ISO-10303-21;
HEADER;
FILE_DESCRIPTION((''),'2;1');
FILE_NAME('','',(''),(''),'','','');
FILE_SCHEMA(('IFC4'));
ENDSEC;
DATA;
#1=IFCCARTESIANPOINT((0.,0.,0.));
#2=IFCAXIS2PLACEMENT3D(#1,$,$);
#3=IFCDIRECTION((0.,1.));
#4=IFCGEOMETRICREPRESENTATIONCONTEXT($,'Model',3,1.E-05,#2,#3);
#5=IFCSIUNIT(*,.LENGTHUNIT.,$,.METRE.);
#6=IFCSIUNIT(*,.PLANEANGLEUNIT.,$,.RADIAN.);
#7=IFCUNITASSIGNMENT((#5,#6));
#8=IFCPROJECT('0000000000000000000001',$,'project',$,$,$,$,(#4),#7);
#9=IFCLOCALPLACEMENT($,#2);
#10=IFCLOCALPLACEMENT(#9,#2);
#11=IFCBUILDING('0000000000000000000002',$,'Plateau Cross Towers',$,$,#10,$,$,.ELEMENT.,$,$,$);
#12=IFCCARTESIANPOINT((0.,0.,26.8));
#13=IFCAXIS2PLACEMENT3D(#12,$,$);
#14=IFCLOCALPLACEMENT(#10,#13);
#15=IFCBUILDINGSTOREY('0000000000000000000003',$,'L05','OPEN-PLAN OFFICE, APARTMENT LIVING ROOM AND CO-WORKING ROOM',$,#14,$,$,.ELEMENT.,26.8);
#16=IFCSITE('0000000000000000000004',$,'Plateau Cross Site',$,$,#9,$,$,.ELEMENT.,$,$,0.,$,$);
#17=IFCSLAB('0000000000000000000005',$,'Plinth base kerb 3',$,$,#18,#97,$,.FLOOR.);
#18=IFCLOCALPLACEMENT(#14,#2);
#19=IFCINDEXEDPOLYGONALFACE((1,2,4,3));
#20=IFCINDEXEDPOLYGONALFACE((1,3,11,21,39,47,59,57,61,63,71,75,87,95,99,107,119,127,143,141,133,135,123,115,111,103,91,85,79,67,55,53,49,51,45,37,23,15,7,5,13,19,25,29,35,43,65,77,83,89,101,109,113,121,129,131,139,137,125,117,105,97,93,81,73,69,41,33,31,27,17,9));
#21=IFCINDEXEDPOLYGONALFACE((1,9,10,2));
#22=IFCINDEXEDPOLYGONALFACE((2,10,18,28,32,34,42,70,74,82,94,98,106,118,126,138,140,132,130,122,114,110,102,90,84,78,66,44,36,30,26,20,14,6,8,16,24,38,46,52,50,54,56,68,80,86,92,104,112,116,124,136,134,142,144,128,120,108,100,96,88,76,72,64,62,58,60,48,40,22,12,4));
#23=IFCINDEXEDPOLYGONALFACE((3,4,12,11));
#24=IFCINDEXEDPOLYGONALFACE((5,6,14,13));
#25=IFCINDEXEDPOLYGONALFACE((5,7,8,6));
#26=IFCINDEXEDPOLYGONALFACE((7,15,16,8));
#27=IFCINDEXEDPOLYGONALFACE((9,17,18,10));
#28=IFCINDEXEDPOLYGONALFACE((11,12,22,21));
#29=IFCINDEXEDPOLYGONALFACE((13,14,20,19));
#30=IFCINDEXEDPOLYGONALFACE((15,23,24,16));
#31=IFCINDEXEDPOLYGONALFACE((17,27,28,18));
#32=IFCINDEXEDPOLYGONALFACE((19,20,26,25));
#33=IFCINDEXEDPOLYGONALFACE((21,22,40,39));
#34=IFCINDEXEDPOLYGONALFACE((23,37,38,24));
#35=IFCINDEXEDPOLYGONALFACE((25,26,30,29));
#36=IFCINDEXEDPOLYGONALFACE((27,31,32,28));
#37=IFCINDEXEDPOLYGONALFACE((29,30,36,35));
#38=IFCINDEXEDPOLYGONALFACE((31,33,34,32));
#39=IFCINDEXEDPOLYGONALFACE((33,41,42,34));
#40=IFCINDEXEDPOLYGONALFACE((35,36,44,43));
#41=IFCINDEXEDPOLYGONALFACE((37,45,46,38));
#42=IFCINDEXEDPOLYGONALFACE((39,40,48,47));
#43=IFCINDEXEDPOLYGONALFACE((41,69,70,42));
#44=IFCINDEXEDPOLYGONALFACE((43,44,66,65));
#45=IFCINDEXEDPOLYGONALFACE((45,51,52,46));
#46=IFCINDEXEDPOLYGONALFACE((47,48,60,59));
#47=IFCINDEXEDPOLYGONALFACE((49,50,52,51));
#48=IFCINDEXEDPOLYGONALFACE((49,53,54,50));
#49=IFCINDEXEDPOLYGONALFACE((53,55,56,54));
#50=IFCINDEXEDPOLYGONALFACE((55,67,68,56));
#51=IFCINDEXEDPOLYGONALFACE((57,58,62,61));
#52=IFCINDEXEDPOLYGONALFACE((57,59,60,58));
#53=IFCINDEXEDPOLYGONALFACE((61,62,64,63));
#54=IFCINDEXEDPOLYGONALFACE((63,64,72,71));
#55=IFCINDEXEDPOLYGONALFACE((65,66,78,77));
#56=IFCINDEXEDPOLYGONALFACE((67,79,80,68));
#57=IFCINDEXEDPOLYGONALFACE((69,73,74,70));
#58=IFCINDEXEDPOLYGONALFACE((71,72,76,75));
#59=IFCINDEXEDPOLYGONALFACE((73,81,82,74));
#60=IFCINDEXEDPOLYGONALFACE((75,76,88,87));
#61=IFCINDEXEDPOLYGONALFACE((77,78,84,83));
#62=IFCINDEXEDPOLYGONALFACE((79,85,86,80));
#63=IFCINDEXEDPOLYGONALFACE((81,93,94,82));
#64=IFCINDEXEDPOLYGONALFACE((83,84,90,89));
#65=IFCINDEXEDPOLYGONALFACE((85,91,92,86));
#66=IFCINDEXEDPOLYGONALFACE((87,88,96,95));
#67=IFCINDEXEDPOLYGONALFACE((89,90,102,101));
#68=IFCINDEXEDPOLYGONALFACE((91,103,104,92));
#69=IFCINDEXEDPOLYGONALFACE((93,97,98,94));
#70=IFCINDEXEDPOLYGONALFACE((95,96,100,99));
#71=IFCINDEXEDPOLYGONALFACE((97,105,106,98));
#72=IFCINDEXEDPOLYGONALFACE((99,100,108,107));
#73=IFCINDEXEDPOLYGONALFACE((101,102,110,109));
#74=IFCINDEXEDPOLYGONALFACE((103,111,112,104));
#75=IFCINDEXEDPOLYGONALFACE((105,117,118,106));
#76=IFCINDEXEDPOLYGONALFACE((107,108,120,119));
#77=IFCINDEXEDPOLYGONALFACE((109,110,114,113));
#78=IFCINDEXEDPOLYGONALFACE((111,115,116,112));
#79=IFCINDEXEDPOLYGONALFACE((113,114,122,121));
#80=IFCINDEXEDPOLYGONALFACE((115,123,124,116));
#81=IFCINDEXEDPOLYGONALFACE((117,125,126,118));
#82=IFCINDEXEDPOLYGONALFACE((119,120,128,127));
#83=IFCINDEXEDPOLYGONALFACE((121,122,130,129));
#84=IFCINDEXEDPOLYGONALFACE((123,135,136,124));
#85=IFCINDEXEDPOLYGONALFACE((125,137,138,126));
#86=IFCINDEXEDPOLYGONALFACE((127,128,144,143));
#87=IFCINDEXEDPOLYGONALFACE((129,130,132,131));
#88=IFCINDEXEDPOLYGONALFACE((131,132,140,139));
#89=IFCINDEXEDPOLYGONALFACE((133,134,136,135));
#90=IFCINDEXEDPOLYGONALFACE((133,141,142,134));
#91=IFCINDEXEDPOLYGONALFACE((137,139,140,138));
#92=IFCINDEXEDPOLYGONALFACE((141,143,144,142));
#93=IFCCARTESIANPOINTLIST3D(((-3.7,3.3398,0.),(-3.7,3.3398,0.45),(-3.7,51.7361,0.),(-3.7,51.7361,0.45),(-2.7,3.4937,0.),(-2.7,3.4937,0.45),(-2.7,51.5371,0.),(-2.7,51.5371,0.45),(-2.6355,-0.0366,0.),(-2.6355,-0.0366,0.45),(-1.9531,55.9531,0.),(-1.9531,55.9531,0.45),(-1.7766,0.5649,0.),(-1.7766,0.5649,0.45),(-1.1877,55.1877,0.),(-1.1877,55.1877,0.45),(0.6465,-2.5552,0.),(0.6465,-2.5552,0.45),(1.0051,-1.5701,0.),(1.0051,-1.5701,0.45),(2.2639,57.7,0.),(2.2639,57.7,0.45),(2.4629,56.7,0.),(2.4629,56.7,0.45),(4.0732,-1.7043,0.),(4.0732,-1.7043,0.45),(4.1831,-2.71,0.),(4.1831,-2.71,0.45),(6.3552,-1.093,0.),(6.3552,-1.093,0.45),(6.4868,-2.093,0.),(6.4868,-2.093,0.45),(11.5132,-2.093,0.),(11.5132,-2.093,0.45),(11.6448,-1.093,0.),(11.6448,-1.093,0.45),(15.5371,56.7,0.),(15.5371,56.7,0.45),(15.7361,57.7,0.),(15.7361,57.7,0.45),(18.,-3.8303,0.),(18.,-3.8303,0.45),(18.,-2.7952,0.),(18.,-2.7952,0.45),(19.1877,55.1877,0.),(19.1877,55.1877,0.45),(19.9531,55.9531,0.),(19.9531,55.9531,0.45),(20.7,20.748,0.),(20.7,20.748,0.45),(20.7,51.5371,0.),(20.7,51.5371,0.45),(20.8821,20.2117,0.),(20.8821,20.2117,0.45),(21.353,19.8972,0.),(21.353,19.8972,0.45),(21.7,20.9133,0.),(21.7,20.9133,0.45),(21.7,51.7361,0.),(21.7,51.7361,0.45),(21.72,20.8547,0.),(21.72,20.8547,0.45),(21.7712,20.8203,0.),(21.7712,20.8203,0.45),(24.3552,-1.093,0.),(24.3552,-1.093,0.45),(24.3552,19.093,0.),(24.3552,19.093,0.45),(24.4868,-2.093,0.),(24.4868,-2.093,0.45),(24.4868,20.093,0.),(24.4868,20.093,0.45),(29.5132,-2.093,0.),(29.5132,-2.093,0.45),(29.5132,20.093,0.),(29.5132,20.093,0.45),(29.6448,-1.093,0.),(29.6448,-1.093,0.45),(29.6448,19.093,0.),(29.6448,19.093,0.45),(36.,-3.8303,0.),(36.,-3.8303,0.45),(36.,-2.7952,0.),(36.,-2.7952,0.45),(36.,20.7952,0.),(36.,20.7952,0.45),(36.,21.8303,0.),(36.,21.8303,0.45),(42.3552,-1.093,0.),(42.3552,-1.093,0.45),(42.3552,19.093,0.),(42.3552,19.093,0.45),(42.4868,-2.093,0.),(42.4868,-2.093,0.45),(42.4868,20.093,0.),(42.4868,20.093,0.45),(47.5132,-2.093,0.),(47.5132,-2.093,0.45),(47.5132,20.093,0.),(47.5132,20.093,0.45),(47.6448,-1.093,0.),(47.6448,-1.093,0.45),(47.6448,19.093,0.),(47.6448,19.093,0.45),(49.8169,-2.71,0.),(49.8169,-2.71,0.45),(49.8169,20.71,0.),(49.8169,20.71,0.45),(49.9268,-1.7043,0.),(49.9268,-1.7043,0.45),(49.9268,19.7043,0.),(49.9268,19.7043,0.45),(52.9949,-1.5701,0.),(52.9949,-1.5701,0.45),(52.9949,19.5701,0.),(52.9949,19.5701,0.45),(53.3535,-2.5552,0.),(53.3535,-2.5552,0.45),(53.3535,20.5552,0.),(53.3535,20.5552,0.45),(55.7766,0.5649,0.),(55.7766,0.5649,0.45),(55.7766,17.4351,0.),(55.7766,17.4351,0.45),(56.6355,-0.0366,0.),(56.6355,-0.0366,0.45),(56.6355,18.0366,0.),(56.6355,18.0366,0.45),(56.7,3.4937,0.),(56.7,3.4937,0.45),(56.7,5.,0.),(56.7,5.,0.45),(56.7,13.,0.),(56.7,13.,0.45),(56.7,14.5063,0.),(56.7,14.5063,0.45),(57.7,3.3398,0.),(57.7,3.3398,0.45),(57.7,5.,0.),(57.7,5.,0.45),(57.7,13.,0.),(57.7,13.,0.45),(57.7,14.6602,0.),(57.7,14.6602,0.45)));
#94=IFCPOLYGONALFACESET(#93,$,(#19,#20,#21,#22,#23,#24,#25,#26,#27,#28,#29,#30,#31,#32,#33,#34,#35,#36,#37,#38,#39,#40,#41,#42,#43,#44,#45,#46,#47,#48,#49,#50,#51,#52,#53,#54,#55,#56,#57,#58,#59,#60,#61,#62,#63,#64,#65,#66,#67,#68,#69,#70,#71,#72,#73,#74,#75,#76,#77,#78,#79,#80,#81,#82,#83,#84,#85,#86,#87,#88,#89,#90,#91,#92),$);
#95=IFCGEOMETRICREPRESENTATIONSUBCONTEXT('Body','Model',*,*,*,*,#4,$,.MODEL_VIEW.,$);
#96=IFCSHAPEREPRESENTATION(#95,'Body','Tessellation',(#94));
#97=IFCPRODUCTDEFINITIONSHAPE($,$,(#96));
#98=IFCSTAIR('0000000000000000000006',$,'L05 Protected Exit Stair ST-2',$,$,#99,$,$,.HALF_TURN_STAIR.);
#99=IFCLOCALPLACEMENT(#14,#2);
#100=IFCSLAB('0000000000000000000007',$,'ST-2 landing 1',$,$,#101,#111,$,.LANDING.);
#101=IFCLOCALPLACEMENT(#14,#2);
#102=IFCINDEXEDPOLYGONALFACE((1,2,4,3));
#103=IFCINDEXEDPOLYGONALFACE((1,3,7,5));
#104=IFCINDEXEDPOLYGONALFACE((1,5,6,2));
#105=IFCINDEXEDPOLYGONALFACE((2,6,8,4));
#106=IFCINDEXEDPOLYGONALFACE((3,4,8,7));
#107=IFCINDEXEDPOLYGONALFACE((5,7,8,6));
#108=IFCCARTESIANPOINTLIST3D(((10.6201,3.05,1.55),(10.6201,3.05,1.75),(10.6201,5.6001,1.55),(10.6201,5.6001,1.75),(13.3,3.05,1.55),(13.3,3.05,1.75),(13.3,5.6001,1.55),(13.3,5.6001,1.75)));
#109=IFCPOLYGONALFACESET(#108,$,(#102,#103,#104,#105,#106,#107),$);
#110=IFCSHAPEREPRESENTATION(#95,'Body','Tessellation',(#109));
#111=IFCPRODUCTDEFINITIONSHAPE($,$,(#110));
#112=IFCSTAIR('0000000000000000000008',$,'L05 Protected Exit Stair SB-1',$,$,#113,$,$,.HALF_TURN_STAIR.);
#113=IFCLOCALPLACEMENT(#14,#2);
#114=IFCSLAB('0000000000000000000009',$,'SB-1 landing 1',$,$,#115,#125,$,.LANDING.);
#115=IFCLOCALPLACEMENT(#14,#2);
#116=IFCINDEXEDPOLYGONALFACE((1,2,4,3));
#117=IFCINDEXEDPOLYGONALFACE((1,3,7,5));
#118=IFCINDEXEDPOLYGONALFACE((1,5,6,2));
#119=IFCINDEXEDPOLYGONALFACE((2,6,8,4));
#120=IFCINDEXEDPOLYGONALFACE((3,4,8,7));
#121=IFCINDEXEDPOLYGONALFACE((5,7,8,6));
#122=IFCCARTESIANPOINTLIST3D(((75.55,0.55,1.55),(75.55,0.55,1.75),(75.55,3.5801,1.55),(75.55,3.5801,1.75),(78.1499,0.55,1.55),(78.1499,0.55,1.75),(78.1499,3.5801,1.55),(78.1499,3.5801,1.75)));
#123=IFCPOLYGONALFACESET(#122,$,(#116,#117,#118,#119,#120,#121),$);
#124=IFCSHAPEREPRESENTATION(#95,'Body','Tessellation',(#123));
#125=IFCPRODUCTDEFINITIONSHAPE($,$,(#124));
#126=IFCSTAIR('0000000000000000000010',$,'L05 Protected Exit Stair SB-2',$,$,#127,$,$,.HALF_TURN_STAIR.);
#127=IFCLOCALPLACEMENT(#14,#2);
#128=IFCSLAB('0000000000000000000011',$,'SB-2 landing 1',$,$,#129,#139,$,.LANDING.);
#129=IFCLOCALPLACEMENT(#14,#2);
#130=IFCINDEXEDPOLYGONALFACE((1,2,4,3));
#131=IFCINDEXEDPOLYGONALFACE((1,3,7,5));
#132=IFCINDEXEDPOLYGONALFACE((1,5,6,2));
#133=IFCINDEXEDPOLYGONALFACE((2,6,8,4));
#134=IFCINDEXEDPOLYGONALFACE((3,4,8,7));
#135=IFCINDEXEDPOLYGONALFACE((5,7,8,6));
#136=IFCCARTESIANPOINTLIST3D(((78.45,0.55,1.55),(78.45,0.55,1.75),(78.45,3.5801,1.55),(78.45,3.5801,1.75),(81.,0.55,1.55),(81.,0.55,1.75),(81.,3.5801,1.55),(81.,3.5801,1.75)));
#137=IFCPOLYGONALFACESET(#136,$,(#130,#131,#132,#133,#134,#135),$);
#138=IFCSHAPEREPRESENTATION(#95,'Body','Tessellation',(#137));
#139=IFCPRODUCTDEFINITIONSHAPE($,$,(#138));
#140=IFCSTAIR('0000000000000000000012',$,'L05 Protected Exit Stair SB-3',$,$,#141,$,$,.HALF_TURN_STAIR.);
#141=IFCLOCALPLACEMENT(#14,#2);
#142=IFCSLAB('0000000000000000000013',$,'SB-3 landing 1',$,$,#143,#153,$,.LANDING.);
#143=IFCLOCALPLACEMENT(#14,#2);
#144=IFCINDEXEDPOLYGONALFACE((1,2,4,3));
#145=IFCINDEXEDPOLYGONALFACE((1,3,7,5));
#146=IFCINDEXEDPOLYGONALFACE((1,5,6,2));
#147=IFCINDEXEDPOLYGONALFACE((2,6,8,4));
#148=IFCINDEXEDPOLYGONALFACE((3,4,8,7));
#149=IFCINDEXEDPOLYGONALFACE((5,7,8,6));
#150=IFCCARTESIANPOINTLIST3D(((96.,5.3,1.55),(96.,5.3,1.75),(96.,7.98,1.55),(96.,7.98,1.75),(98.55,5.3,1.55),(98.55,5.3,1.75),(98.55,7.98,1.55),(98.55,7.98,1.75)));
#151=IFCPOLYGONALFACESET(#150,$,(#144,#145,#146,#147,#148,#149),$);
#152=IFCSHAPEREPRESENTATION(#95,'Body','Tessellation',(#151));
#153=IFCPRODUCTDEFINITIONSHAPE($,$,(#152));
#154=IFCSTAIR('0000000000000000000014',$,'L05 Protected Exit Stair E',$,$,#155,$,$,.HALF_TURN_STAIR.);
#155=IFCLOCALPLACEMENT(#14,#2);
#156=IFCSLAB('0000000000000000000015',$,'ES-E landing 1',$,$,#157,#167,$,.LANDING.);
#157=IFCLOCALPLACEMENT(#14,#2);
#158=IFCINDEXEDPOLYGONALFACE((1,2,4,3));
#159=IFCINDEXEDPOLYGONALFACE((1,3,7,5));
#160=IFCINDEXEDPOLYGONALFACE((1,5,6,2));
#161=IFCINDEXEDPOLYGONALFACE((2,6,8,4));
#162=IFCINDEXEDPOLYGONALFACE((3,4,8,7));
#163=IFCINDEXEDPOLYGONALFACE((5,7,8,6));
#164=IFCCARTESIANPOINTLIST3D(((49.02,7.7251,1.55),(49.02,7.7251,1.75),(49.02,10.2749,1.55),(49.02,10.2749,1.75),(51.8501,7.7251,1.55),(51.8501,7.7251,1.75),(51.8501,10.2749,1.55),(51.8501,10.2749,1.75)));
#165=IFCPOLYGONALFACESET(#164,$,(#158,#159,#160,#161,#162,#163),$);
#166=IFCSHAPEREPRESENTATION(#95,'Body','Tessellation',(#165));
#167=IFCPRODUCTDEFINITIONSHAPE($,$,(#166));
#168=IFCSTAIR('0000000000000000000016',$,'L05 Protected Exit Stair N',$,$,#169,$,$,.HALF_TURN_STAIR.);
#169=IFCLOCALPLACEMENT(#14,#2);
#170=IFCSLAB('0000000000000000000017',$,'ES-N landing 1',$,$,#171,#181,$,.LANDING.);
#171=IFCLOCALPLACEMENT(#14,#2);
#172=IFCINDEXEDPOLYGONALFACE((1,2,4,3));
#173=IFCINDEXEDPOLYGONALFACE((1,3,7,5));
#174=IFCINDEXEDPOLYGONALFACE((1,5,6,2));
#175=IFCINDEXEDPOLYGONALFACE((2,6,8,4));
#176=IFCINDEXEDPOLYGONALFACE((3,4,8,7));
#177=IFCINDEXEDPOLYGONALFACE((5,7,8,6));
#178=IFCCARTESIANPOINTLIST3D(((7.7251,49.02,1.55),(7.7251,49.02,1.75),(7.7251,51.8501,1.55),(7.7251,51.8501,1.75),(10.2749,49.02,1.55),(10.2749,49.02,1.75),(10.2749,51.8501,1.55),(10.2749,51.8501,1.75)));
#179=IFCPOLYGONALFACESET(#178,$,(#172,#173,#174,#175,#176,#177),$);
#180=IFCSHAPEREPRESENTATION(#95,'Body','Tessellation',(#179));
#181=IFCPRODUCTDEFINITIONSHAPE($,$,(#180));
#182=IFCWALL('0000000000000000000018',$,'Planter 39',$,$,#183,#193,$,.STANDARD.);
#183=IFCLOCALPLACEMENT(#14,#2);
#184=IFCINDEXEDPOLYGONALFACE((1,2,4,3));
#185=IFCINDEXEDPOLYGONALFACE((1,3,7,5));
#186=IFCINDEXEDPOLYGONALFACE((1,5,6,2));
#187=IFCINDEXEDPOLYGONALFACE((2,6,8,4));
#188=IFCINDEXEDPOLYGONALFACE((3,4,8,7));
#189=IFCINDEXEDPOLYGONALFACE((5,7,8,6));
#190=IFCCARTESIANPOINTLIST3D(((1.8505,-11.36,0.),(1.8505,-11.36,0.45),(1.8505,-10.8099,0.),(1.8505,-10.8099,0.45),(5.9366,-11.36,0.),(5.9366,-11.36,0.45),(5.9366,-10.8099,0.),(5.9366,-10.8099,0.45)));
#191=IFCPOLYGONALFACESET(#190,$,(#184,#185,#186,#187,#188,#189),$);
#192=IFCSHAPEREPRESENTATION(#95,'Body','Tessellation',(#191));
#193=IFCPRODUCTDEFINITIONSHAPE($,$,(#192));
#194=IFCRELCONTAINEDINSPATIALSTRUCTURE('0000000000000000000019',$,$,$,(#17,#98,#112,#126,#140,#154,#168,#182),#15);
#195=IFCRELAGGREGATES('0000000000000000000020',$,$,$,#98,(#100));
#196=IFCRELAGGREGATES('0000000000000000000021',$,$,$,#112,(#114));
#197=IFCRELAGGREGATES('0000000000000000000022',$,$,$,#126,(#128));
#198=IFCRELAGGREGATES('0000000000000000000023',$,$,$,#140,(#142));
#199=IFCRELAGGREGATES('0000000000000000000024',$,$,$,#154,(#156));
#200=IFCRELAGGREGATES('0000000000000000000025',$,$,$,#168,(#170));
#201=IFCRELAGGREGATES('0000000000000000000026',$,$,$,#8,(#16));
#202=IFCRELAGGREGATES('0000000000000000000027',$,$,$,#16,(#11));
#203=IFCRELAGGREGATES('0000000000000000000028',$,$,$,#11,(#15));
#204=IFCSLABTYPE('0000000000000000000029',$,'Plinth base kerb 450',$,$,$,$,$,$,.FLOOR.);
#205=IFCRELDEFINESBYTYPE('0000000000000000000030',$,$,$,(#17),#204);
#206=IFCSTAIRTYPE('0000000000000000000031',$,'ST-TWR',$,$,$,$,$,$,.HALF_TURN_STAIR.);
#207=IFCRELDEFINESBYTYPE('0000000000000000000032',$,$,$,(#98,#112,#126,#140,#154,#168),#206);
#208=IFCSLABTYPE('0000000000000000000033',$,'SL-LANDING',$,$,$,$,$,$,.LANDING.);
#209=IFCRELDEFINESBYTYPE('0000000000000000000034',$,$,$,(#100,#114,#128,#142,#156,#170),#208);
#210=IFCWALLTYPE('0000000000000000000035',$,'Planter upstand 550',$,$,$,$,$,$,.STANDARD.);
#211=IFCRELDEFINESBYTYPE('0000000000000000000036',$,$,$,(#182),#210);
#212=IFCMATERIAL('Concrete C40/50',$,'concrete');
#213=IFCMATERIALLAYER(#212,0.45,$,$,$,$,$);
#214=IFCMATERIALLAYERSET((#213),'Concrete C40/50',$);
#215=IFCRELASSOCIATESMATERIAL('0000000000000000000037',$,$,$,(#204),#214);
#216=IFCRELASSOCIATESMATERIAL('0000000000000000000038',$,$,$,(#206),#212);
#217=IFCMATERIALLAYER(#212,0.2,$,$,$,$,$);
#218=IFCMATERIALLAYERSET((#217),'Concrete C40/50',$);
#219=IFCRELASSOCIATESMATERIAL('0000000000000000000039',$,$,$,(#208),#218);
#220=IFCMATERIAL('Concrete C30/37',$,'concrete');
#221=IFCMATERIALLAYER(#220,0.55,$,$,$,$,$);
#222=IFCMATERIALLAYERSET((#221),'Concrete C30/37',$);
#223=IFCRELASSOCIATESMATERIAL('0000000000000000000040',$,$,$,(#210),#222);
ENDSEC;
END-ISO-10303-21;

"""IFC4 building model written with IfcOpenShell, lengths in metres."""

from ifc_helpers import new_model, si_unit, direction, frame, frame_2d, origin, place, context, subcontext, project, spatial, polyline, rectangle, outline, extrude, material, layer, layer_set, type_object, element, aggregate, save


model = new_model("IFC4")

# Units and contexts
model_context = context("Model", 3, precision=1e-05, world=origin(), true_north=direction((0.0, 1.0)))
body_context = subcontext(model_context, "Body", "Model", "MODEL_VIEW")
ifc_project = project(units=[si_unit("LENGTHUNIT", "METRE"), si_unit("PLANEANGLEUNIT", "RADIAN")], contexts=[model_context])

# Site, building, storey
site_placement = place(None, origin())
site = spatial("IfcSite", under=ifc_project, at=site_placement, Name="Plateau Cross Site", CompositionType="ELEMENT", RefElevation=0.0)
building_placement = place(site_placement, origin())
building = spatial("IfcBuilding", under=site, at=building_placement, Name="Plateau Cross Towers", CompositionType="ELEMENT")
storey_placement = place(building_placement, frame((0.0, 0.0, 26.8)))
storey = spatial("IfcBuildingStorey", under=building, at=storey_placement, Name="L05", Description="OPEN-PLAN OFFICE, APARTMENT LIVING ROOM AND CO-WORKING ROOM", CompositionType="ELEMENT", Elevation=26.8)

# Slab
ifc_material_1 = material(Name="Concrete C40/50", Category="concrete")
ifc_layer_1 = layer(ifc_material_1, 0.45)
ifc_layer_set_1 = layer_set([ifc_layer_1], Name="Concrete C40/50")
slab_type_1 = type_object("IfcSlabType", Name="Plinth base kerb 450", PredefinedType="FLOOR", material=ifc_layer_set_1)
slab_1_placement = place(storey_placement, origin())
element("IfcSlab", 1, at=slab_1_placement, inside=storey, type_object=slab_type_1, Name="Plinth base kerb 3", PredefinedType="FLOOR", context=body_context, shape_type="SweptSolid", body=[
    extrude(outline(polyline([(-3.7, 3.3398), (-3.7, 51.7361), (-1.9531, 55.9531), (2.2639, 57.7), (15.7361, 57.7), (19.9531, 55.9531), (21.7, 51.7361), (21.7, 20.9133), (21.72, 20.8547), (21.7712, 20.8203), (24.4868, 20.093), (29.5132, 20.093), (36.0, 21.8303), (42.4868, 20.093), (47.5132, 20.093), (49.8169, 20.71), (53.3535, 20.5552), (56.6355, 18.0366), (57.7, 14.6602), (57.7, 13.0), (56.7, 13.0), (56.7, 14.5063), (55.7766, 17.4351), (52.9949, 19.5701), (49.9268, 19.7043), (47.6448, 19.093), (42.3552, 19.093), (36.0, 20.7952), (29.6448, 19.093), (24.3552, 19.093), (21.353, 19.8972), (20.8821, 20.2117), (20.7, 20.748), (20.7, 51.5371), (19.1877, 55.1877), (15.5371, 56.7), (2.4629, 56.7), (-1.1877, 55.1877), (-2.7, 51.5371), (-2.7, 3.4937), (-1.7766, 0.5649), (1.0051, -1.5701), (4.0732, -1.7043), (6.3552, -1.093), (11.6448, -1.093), (18.0, -2.7952), (24.3552, -1.093), (29.6448, -1.093), (36.0, -2.7952), (42.3552, -1.093), (47.6448, -1.093), (49.9268, -1.7043), (52.9949, -1.5701), (55.7766, 0.5649), (56.7, 3.4937), (56.7, 5.0), (57.7, 5.0), (57.7, 3.3398), (56.6355, -0.0366), (53.3535, -2.5552), (49.8169, -2.71), (47.5132, -2.093), (42.4868, -2.093), (36.0, -3.8303), (29.5132, -2.093), (24.4868, -2.093), (18.0, -3.8303), (11.5132, -2.093), (6.4868, -2.093), (4.1831, -2.71), (0.6465, -2.5552), (-2.6355, -0.0366), (-3.7, 3.3398)])), origin(), (0.0, 0.0, 1.0), 0.45),
])
ifc_material_2 = material(Name="Concrete C30/37", Category="concrete")

# Stairs, slabs
stair_type = type_object("IfcStairType", Name="ST-TWR", PredefinedType="HALF_TURN_STAIR", material=ifc_material_1)
stair_1_placement = place(storey_placement, origin())
stair_1 = element("IfcStair", 2, at=stair_1_placement, inside=storey, type_object=stair_type, Name="L05 Protected Exit Stair ST-2", PredefinedType="HALF_TURN_STAIR")
ifc_layer_2 = layer(ifc_material_1, 0.2)
ifc_layer_set_2 = layer_set([ifc_layer_2], Name="Concrete C40/50")
slab_type_2 = type_object("IfcSlabType", Name="SL-LANDING", PredefinedType="LANDING", material=ifc_layer_set_2)
slab_2_placement = place(storey_placement, frame((0.0, 0.0, 1.55)))
slab_2 = element("IfcSlab", 3, at=slab_2_placement, type_object=slab_type_2, Name="ST-2 landing 1", PredefinedType="LANDING", context=body_context, shape_type="SweptSolid", body=[
    extrude(outline(polyline([(10.6201, 3.05), (13.3, 3.05), (13.3, 5.6001), (10.6201, 5.6001), (10.6201, 3.05)])), origin(), (0.0, 0.0, 1.0), 0.2),
])
aggregate(stair_1, [slab_2])
stair_2_placement = place(storey_placement, origin())
stair_2 = element("IfcStair", 4, at=stair_2_placement, inside=storey, type_object=stair_type, Name="L05 Protected Exit Stair SB-1", PredefinedType="HALF_TURN_STAIR")
slab_3_placement = place(storey_placement, frame((0.0, 0.0, 1.55)))
slab_3 = element("IfcSlab", 5, at=slab_3_placement, type_object=slab_type_2, Name="SB-1 landing 1", PredefinedType="LANDING", context=body_context, shape_type="SweptSolid", body=[
    extrude(outline(polyline([(75.55, 3.5801), (75.55, 0.55), (78.1499, 0.55), (78.1499, 3.5801), (75.55, 3.5801)])), origin(), (0.0, 0.0, 1.0), 0.2),
])
aggregate(stair_2, [slab_3])
stair_3_placement = place(storey_placement, origin())
stair_3 = element("IfcStair", 6, at=stair_3_placement, inside=storey, type_object=stair_type, Name="L05 Protected Exit Stair SB-2", PredefinedType="HALF_TURN_STAIR")
slab_4_placement = place(storey_placement, frame((0.0, 0.0, 1.55)))
slab_4 = element("IfcSlab", 7, at=slab_4_placement, type_object=slab_type_2, Name="SB-2 landing 1", PredefinedType="LANDING", context=body_context, shape_type="SweptSolid", body=[
    extrude(outline(polyline([(78.45, 3.5801), (78.45, 0.55), (81.0, 0.55), (81.0, 3.5801), (78.45, 3.5801)])), origin(), (0.0, 0.0, 1.0), 0.2),
])
aggregate(stair_3, [slab_4])
stair_4_placement = place(storey_placement, origin())
stair_4 = element("IfcStair", 8, at=stair_4_placement, inside=storey, type_object=stair_type, Name="L05 Protected Exit Stair SB-3", PredefinedType="HALF_TURN_STAIR")
slab_5_placement = place(storey_placement, frame((0.0, 0.0, 1.55)))
slab_5 = element("IfcSlab", 9, at=slab_5_placement, type_object=slab_type_2, Name="SB-3 landing 1", PredefinedType="LANDING", context=body_context, shape_type="SweptSolid", body=[
    extrude(outline(polyline([(96.0, 7.98), (96.0, 5.3), (98.55, 5.3), (98.55, 7.98), (96.0, 7.98)])), origin(), (0.0, 0.0, 1.0), 0.2),
])
aggregate(stair_4, [slab_5])
stair_5_placement = place(storey_placement, origin())
stair_5 = element("IfcStair", 10, at=stair_5_placement, inside=storey, type_object=stair_type, Name="L05 Protected Exit Stair E", PredefinedType="HALF_TURN_STAIR")
slab_6_placement = place(storey_placement, frame((0.0, 0.0, 1.55)))
slab_6 = element("IfcSlab", 11, at=slab_6_placement, type_object=slab_type_2, Name="ES-E landing 1", PredefinedType="LANDING", context=body_context, shape_type="SweptSolid", body=[
    extrude(outline(polyline([(49.02, 7.7251), (51.8501, 7.7251), (51.8501, 10.2749), (49.02, 10.2749), (49.02, 7.7251)])), origin(), (0.0, 0.0, 1.0), 0.2),
])
aggregate(stair_5, [slab_6])
stair_6_placement = place(storey_placement, origin())
stair_6 = element("IfcStair", 12, at=stair_6_placement, inside=storey, type_object=stair_type, Name="L05 Protected Exit Stair N", PredefinedType="HALF_TURN_STAIR")
slab_7_placement = place(storey_placement, frame((0.0, 0.0, 1.55)))
slab_7 = element("IfcSlab", 13, at=slab_7_placement, type_object=slab_type_2, Name="ES-N landing 1", PredefinedType="LANDING", context=body_context, shape_type="SweptSolid", body=[
    extrude(outline(polyline([(10.2749, 49.02), (10.2749, 51.8501), (7.7251, 51.8501), (7.7251, 49.02), (10.2749, 49.02)])), origin(), (0.0, 0.0, 1.0), 0.2),
])
aggregate(stair_6, [slab_7])

# Wall
ifc_layer_3 = layer(ifc_material_2, 0.55)
ifc_layer_set_3 = layer_set([ifc_layer_3], Name="Concrete C30/37")
wall_type_1 = type_object("IfcWallType", Name="Planter upstand 550", PredefinedType="STANDARD", material=ifc_layer_set_3)
wall_1_placement = place(storey_placement, frame((5.9365, -11.085, 0.0), z_axis=(0.0, 0.0, 1.0), x_axis=(-1.0, 0.0, 0.0)))
element("IfcWall", 14, at=wall_1_placement, inside=storey, type_object=wall_type_1, Name="Planter 39", PredefinedType="STANDARD", context=body_context, shape_type="SweptSolid", body=[
    extrude(rectangle(XDim=4.0862, YDim=0.55, at=frame_2d((2.043, 0.0))), origin(), (0.0, 0.0, 1.0), 0.45),
])

save(model, "model.ifc")
